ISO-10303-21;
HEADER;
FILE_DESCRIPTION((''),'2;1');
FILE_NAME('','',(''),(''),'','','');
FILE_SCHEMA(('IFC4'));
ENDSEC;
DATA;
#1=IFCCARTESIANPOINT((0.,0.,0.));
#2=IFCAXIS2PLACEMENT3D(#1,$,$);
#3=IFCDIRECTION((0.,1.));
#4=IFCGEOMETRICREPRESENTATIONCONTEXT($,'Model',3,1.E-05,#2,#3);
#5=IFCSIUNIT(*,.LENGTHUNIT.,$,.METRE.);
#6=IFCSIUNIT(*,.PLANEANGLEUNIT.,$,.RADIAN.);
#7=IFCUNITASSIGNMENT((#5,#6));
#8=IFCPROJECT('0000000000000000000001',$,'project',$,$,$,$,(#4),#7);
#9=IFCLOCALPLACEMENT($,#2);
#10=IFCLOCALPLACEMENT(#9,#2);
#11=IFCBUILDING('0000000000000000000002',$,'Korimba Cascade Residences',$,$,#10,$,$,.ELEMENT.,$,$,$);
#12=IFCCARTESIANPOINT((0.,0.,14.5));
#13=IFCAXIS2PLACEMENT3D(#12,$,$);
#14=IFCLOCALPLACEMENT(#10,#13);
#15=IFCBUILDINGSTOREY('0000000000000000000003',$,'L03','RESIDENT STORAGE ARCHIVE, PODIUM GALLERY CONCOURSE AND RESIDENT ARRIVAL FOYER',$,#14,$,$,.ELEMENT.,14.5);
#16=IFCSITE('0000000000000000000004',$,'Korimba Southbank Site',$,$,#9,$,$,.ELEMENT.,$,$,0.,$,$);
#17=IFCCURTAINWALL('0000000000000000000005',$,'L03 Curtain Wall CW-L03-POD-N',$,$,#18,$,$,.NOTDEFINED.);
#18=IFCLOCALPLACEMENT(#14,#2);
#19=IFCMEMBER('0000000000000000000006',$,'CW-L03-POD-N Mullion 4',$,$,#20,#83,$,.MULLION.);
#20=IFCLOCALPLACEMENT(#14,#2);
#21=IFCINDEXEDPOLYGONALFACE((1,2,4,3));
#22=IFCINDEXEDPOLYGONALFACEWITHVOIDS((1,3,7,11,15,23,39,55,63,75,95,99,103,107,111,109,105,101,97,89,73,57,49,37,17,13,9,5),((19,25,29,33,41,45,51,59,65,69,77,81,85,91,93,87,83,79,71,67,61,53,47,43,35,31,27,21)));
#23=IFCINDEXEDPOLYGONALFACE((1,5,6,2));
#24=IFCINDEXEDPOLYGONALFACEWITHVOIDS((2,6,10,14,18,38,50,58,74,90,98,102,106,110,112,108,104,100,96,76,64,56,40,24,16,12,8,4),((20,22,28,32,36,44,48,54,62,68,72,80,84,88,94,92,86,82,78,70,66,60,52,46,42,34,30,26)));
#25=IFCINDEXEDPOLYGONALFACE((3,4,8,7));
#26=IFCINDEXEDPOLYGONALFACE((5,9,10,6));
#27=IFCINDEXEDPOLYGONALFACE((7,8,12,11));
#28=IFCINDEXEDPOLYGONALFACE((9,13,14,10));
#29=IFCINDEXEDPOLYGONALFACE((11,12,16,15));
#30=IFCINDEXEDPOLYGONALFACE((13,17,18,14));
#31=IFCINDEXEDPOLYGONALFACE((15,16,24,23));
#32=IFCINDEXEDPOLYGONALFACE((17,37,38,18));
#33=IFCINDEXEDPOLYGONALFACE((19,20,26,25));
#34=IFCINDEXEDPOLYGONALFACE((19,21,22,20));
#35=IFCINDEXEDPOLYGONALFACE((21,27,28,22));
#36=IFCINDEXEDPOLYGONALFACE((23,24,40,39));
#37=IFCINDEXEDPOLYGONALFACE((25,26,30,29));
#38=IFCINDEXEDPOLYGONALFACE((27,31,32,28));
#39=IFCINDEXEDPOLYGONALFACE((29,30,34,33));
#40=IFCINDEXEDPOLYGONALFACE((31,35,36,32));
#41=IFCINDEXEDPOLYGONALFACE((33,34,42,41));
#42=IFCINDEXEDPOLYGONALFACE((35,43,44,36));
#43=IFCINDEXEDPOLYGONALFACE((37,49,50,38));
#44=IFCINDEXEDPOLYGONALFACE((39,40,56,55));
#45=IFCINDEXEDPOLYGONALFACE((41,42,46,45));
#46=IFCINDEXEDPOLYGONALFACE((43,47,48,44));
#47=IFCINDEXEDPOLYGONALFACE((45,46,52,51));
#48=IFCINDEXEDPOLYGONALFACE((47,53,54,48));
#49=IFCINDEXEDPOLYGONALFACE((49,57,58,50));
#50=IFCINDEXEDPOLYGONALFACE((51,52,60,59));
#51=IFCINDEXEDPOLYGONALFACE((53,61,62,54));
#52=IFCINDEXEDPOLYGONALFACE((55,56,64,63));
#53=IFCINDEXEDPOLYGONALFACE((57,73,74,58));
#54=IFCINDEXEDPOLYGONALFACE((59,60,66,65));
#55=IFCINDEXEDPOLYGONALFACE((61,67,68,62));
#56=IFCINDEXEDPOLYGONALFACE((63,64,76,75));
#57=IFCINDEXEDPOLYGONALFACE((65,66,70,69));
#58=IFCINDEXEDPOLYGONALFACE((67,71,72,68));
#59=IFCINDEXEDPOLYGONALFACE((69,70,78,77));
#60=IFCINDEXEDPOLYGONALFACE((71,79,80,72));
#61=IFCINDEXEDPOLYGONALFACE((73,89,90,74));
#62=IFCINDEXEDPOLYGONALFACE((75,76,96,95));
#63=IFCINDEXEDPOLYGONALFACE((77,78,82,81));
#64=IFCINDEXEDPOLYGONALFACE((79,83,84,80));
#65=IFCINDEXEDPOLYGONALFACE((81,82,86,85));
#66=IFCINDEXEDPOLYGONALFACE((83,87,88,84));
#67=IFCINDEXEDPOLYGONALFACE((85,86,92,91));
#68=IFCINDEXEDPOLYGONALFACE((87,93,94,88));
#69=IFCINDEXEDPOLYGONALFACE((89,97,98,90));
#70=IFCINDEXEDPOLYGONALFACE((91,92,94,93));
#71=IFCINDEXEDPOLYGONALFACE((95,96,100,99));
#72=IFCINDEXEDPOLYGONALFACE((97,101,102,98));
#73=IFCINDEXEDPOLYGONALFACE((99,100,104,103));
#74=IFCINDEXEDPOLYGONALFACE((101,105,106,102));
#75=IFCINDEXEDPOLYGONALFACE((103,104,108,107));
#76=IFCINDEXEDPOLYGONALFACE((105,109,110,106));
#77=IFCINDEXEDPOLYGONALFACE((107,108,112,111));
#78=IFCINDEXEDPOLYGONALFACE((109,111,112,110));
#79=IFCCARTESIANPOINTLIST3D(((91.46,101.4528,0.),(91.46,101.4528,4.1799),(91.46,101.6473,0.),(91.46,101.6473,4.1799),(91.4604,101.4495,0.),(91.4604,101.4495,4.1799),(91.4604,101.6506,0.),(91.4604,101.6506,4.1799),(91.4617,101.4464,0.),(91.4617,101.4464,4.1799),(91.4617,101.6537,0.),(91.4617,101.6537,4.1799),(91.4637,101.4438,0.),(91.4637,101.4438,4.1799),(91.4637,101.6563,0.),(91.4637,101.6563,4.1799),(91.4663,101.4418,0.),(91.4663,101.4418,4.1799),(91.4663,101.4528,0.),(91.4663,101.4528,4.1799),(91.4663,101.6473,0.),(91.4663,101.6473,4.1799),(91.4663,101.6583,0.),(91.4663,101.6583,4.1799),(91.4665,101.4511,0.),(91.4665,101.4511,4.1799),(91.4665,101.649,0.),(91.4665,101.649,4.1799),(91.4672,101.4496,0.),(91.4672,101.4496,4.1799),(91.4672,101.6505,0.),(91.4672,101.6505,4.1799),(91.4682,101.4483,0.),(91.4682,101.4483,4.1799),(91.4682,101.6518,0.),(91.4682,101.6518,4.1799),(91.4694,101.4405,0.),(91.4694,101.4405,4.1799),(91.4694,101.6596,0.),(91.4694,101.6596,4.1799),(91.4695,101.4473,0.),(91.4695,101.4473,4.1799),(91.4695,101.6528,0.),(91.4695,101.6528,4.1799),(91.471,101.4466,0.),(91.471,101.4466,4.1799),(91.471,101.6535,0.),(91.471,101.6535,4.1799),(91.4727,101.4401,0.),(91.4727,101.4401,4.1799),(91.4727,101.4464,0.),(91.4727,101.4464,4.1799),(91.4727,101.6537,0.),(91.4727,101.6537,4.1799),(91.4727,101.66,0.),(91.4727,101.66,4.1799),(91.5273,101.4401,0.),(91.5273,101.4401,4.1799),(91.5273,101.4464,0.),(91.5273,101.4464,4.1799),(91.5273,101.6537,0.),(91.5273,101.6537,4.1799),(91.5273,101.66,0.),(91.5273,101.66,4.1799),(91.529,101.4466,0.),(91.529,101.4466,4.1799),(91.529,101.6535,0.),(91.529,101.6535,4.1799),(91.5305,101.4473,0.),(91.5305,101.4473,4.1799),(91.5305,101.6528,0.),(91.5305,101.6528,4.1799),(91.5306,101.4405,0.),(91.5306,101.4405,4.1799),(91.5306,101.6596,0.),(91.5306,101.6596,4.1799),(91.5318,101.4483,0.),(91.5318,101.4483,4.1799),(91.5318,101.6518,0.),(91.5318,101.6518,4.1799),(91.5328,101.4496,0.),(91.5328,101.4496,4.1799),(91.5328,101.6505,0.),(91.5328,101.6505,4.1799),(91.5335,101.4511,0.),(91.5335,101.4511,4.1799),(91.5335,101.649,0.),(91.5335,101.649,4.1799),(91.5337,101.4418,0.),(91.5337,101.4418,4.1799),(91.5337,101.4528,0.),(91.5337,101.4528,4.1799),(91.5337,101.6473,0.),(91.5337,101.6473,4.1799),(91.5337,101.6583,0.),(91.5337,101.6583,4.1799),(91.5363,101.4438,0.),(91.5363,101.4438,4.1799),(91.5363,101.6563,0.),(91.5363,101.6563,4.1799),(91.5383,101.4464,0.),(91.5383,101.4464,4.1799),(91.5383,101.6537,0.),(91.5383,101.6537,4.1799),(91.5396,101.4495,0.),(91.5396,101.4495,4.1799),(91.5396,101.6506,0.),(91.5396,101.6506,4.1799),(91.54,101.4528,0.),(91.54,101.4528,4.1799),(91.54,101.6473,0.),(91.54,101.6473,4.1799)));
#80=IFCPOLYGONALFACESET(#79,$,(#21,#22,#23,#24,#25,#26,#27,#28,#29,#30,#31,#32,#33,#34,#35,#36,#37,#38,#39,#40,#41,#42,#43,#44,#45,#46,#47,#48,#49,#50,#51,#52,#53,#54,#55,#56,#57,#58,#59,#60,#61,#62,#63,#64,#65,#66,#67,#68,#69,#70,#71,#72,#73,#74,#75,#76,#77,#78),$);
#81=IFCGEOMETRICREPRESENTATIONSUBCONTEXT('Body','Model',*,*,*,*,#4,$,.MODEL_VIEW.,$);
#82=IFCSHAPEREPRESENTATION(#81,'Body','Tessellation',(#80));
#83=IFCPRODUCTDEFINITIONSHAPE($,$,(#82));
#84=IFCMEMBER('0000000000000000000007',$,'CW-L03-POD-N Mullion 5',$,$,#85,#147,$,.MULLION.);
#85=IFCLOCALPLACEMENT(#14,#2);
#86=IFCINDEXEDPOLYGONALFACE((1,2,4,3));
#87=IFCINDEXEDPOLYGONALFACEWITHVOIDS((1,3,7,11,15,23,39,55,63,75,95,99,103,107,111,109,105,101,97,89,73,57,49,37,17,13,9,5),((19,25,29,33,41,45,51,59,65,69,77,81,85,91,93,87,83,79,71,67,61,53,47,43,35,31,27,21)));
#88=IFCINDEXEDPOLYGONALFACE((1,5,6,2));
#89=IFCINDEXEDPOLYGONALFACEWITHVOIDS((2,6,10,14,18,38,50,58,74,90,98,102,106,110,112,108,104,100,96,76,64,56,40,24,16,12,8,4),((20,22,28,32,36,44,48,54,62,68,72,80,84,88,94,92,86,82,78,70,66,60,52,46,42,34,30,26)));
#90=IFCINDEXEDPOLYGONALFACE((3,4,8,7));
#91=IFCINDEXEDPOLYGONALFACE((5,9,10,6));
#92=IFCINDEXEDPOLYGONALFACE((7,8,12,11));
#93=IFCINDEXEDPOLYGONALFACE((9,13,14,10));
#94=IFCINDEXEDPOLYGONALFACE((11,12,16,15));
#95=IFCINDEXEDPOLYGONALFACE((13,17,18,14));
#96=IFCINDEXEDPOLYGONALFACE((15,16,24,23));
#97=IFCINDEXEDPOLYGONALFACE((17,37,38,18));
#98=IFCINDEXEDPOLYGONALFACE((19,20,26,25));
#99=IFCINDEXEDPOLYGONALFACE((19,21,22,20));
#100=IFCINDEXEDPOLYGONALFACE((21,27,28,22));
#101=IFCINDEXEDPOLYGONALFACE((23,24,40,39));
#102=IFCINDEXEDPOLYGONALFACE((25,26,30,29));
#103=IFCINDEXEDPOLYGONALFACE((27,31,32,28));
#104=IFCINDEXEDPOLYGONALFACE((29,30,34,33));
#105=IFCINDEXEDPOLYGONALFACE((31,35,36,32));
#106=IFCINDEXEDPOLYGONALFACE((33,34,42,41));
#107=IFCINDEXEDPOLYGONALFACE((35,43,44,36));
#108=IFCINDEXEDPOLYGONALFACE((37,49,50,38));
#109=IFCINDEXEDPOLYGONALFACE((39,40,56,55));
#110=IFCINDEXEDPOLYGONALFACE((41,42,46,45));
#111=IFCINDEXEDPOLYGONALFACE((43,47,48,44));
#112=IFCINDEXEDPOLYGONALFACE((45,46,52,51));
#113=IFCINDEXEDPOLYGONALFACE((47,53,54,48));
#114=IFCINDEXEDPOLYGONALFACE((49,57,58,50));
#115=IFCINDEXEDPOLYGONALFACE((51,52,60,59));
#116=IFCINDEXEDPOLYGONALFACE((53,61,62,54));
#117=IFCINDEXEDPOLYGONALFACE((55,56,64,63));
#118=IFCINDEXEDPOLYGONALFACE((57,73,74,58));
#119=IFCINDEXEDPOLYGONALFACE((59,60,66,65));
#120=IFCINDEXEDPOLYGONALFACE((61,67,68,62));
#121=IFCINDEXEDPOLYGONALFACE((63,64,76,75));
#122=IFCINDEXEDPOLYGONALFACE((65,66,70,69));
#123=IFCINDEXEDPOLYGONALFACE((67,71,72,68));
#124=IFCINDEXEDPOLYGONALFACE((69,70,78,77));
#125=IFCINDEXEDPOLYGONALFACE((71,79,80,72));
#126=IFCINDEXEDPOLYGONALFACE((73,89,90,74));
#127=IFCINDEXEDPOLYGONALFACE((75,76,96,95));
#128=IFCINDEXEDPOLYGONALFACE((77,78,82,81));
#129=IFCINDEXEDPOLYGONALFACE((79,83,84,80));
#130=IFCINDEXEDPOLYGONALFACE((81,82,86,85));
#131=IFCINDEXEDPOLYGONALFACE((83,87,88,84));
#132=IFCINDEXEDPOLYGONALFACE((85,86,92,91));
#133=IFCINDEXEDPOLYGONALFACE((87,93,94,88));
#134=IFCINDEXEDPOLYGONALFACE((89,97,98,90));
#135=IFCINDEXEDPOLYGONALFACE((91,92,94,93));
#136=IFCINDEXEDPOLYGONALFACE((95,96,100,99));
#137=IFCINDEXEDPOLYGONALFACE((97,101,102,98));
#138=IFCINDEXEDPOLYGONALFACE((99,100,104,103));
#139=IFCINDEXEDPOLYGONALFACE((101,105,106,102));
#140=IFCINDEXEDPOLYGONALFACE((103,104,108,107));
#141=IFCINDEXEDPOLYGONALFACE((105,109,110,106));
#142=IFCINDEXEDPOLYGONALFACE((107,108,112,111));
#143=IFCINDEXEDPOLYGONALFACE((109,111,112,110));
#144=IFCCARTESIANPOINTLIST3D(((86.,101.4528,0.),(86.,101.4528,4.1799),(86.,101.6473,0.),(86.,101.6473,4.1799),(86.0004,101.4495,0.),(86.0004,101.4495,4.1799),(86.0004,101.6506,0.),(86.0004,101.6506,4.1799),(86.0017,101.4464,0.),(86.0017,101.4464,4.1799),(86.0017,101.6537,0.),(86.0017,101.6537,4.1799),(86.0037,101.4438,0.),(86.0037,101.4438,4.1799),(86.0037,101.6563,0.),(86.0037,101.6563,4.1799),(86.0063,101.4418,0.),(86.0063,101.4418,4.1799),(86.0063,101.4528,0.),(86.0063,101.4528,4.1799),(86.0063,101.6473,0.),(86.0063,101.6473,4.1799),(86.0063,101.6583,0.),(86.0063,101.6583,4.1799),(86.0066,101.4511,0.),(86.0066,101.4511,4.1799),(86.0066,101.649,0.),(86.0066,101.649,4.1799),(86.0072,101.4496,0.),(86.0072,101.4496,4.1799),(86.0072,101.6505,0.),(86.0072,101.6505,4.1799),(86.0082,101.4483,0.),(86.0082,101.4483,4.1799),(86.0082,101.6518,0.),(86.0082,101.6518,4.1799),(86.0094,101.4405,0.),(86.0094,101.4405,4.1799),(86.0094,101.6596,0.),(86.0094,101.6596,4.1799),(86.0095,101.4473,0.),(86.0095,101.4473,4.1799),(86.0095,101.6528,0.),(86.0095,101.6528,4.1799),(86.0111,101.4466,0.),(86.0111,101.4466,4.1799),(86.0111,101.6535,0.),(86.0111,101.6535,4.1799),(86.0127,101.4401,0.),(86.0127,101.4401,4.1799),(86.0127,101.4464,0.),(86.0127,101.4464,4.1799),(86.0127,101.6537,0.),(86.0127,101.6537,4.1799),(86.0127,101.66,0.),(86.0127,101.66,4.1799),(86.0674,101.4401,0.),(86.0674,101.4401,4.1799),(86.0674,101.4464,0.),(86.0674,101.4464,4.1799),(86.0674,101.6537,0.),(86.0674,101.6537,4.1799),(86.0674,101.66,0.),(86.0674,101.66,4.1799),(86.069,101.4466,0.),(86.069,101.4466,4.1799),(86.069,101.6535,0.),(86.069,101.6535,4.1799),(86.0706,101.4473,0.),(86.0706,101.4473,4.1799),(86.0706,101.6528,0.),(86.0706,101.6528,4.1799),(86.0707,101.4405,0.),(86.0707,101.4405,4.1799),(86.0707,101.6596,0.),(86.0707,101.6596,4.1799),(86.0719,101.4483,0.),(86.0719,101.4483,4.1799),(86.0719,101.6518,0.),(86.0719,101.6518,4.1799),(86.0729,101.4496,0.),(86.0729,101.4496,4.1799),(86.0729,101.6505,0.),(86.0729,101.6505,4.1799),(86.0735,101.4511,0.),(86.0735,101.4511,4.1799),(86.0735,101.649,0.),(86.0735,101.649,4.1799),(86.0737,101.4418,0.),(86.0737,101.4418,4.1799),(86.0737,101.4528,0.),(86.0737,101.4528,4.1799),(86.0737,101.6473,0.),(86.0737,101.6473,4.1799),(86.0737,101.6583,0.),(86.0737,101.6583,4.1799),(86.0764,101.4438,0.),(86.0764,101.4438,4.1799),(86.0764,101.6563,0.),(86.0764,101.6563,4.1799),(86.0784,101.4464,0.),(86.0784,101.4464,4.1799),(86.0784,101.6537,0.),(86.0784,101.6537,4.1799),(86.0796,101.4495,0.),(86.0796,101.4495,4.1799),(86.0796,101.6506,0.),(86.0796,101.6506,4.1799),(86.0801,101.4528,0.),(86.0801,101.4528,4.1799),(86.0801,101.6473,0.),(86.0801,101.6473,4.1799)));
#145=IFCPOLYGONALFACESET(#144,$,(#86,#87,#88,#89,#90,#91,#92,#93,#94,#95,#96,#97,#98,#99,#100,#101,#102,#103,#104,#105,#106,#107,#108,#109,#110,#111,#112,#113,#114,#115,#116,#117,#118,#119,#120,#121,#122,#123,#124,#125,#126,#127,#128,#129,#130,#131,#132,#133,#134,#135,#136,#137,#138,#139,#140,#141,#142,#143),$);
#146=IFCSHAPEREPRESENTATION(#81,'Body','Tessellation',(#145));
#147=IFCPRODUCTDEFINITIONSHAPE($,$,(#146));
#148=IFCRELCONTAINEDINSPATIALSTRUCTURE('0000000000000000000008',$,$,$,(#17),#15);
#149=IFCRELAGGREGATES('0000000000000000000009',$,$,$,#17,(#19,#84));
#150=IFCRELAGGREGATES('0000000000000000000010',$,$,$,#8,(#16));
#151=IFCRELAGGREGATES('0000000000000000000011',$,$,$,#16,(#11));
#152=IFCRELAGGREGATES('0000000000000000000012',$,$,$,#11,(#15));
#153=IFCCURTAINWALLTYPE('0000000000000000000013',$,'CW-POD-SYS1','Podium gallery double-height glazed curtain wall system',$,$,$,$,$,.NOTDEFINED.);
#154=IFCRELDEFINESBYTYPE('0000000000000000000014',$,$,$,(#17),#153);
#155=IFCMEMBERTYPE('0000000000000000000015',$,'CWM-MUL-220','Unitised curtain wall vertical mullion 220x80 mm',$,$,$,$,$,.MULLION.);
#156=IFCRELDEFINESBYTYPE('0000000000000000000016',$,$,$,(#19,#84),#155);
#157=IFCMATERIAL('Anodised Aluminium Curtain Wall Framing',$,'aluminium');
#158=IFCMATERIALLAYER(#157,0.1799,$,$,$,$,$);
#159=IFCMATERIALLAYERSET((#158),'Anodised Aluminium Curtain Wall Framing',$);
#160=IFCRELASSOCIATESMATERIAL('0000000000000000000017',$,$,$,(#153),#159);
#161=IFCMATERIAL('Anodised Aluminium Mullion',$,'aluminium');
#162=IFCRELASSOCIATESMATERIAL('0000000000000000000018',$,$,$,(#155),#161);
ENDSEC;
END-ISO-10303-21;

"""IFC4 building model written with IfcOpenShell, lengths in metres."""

from ifc_helpers import new_model, si_unit, direction, frame, origin, origin_2d, place, context, subcontext, project, spatial, hollow_rectangle, extrude, material, layer, layer_set, material_profile, profile_set, type_object, element, aggregate, save


model = new_model("IFC4")

# Units and contexts
model_context = context("Model", 3, precision=1e-05, world=origin(), true_north=direction((0.0, 1.0)))
body_context = subcontext(model_context, "Body", "Model", "MODEL_VIEW")
ifc_project = project(units=[si_unit("LENGTHUNIT", "METRE"), si_unit("PLANEANGLEUNIT", "RADIAN")], contexts=[model_context])

# Site, building, storey
site_placement = place(None, origin())
site = spatial("IfcSite", under=ifc_project, at=site_placement, Name="Korimba Southbank Site", CompositionType="ELEMENT", RefElevation=0.0)
building_placement = place(site_placement, origin())
building = spatial("IfcBuilding", under=site, at=building_placement, Name="Korimba Cascade Residences", CompositionType="ELEMENT")
storey_placement = place(building_placement, frame((0.0, 0.0, 14.5)))
storey = spatial("IfcBuildingStorey", under=building, at=storey_placement, Name="L03", Description="RESIDENT STORAGE ARCHIVE, PODIUM GALLERY CONCOURSE AND RESIDENT ARRIVAL FOYER", CompositionType="ELEMENT", Elevation=14.5)

# Curtain wall, members
ifc_material_1 = material(Name="Anodised Aluminium Curtain Wall Framing", Category="aluminium")
ifc_layer_1 = layer(ifc_material_1, 0.1799)
ifc_layer_set_1 = layer_set([ifc_layer_1], Name="Anodised Aluminium Curtain Wall Framing")
curtain_wall_type = type_object("IfcCurtainWallType", Name="CW-POD-SYS1", Description="Podium gallery double-height glazed curtain wall system", PredefinedType="NOTDEFINED", material=ifc_layer_set_1)
curtain_wall_placement = place(storey_placement, origin())
curtain_wall = element("IfcCurtainWall", 1, at=curtain_wall_placement, inside=storey, type_object=curtain_wall_type, Name="L03 Curtain Wall CW-L03-POD-N", PredefinedType="NOTDEFINED")
ifc_material_2 = material(Name="Anodised Aluminium Mullion", Category="aluminium")
ifc_material_profile_1 = material_profile(ifc_material_2, hollow_rectangle(XDim=0.0801, YDim=0.22, WallThickness=0.0063, InnerFilletRadius=0.0063, OuterFilletRadius=0.0127, at=origin_2d()), Name="Anodised Aluminium Mullion")
ifc_profile_set_1 = profile_set([ifc_material_profile_1], Name="Anodised Aluminium Mullion")
member_type_1 = type_object("IfcMemberType", Name="CWM-MUL-220", Description="Unitised curtain wall vertical mullion 220x80 mm", PredefinedType="MULLION", material=ifc_profile_set_1)
member_1_placement = place(storey_placement, frame((91.5, 101.55, 0.0), z_axis=(0.0, 0.0, 1.0), x_axis=(-1.0, 0.0, 0.0)))
member_1 = element("IfcMember", 2, at=member_1_placement, type_object=member_type_1, Name="CW-L03-POD-N Mullion 4", PredefinedType="MULLION", context=body_context, shape_type="SweptSolid", body=[
    extrude(hollow_rectangle(XDim=0.0801, YDim=0.22, WallThickness=0.0063, InnerFilletRadius=0.0063, OuterFilletRadius=0.0127, at=origin_2d()), origin(), (0.0, 0.0, 1.0), 4.1799),
])
member_2_placement = place(storey_placement, frame((86.04, 101.55, 0.0), z_axis=(0.0, 0.0, 1.0), x_axis=(-1.0, 0.0, 0.0)))
member_2 = element("IfcMember", 3, at=member_2_placement, type_object=member_type_1, Name="CW-L03-POD-N Mullion 5", PredefinedType="MULLION", context=body_context, shape_type="SweptSolid", body=[
    extrude(hollow_rectangle(XDim=0.0801, YDim=0.22, WallThickness=0.0063, InnerFilletRadius=0.0063, OuterFilletRadius=0.0127, at=origin_2d()), origin(), (0.0, 0.0, 1.0), 4.1799),
])
aggregate(curtain_wall, [member_1, member_2])

save(model, "model.ifc")
